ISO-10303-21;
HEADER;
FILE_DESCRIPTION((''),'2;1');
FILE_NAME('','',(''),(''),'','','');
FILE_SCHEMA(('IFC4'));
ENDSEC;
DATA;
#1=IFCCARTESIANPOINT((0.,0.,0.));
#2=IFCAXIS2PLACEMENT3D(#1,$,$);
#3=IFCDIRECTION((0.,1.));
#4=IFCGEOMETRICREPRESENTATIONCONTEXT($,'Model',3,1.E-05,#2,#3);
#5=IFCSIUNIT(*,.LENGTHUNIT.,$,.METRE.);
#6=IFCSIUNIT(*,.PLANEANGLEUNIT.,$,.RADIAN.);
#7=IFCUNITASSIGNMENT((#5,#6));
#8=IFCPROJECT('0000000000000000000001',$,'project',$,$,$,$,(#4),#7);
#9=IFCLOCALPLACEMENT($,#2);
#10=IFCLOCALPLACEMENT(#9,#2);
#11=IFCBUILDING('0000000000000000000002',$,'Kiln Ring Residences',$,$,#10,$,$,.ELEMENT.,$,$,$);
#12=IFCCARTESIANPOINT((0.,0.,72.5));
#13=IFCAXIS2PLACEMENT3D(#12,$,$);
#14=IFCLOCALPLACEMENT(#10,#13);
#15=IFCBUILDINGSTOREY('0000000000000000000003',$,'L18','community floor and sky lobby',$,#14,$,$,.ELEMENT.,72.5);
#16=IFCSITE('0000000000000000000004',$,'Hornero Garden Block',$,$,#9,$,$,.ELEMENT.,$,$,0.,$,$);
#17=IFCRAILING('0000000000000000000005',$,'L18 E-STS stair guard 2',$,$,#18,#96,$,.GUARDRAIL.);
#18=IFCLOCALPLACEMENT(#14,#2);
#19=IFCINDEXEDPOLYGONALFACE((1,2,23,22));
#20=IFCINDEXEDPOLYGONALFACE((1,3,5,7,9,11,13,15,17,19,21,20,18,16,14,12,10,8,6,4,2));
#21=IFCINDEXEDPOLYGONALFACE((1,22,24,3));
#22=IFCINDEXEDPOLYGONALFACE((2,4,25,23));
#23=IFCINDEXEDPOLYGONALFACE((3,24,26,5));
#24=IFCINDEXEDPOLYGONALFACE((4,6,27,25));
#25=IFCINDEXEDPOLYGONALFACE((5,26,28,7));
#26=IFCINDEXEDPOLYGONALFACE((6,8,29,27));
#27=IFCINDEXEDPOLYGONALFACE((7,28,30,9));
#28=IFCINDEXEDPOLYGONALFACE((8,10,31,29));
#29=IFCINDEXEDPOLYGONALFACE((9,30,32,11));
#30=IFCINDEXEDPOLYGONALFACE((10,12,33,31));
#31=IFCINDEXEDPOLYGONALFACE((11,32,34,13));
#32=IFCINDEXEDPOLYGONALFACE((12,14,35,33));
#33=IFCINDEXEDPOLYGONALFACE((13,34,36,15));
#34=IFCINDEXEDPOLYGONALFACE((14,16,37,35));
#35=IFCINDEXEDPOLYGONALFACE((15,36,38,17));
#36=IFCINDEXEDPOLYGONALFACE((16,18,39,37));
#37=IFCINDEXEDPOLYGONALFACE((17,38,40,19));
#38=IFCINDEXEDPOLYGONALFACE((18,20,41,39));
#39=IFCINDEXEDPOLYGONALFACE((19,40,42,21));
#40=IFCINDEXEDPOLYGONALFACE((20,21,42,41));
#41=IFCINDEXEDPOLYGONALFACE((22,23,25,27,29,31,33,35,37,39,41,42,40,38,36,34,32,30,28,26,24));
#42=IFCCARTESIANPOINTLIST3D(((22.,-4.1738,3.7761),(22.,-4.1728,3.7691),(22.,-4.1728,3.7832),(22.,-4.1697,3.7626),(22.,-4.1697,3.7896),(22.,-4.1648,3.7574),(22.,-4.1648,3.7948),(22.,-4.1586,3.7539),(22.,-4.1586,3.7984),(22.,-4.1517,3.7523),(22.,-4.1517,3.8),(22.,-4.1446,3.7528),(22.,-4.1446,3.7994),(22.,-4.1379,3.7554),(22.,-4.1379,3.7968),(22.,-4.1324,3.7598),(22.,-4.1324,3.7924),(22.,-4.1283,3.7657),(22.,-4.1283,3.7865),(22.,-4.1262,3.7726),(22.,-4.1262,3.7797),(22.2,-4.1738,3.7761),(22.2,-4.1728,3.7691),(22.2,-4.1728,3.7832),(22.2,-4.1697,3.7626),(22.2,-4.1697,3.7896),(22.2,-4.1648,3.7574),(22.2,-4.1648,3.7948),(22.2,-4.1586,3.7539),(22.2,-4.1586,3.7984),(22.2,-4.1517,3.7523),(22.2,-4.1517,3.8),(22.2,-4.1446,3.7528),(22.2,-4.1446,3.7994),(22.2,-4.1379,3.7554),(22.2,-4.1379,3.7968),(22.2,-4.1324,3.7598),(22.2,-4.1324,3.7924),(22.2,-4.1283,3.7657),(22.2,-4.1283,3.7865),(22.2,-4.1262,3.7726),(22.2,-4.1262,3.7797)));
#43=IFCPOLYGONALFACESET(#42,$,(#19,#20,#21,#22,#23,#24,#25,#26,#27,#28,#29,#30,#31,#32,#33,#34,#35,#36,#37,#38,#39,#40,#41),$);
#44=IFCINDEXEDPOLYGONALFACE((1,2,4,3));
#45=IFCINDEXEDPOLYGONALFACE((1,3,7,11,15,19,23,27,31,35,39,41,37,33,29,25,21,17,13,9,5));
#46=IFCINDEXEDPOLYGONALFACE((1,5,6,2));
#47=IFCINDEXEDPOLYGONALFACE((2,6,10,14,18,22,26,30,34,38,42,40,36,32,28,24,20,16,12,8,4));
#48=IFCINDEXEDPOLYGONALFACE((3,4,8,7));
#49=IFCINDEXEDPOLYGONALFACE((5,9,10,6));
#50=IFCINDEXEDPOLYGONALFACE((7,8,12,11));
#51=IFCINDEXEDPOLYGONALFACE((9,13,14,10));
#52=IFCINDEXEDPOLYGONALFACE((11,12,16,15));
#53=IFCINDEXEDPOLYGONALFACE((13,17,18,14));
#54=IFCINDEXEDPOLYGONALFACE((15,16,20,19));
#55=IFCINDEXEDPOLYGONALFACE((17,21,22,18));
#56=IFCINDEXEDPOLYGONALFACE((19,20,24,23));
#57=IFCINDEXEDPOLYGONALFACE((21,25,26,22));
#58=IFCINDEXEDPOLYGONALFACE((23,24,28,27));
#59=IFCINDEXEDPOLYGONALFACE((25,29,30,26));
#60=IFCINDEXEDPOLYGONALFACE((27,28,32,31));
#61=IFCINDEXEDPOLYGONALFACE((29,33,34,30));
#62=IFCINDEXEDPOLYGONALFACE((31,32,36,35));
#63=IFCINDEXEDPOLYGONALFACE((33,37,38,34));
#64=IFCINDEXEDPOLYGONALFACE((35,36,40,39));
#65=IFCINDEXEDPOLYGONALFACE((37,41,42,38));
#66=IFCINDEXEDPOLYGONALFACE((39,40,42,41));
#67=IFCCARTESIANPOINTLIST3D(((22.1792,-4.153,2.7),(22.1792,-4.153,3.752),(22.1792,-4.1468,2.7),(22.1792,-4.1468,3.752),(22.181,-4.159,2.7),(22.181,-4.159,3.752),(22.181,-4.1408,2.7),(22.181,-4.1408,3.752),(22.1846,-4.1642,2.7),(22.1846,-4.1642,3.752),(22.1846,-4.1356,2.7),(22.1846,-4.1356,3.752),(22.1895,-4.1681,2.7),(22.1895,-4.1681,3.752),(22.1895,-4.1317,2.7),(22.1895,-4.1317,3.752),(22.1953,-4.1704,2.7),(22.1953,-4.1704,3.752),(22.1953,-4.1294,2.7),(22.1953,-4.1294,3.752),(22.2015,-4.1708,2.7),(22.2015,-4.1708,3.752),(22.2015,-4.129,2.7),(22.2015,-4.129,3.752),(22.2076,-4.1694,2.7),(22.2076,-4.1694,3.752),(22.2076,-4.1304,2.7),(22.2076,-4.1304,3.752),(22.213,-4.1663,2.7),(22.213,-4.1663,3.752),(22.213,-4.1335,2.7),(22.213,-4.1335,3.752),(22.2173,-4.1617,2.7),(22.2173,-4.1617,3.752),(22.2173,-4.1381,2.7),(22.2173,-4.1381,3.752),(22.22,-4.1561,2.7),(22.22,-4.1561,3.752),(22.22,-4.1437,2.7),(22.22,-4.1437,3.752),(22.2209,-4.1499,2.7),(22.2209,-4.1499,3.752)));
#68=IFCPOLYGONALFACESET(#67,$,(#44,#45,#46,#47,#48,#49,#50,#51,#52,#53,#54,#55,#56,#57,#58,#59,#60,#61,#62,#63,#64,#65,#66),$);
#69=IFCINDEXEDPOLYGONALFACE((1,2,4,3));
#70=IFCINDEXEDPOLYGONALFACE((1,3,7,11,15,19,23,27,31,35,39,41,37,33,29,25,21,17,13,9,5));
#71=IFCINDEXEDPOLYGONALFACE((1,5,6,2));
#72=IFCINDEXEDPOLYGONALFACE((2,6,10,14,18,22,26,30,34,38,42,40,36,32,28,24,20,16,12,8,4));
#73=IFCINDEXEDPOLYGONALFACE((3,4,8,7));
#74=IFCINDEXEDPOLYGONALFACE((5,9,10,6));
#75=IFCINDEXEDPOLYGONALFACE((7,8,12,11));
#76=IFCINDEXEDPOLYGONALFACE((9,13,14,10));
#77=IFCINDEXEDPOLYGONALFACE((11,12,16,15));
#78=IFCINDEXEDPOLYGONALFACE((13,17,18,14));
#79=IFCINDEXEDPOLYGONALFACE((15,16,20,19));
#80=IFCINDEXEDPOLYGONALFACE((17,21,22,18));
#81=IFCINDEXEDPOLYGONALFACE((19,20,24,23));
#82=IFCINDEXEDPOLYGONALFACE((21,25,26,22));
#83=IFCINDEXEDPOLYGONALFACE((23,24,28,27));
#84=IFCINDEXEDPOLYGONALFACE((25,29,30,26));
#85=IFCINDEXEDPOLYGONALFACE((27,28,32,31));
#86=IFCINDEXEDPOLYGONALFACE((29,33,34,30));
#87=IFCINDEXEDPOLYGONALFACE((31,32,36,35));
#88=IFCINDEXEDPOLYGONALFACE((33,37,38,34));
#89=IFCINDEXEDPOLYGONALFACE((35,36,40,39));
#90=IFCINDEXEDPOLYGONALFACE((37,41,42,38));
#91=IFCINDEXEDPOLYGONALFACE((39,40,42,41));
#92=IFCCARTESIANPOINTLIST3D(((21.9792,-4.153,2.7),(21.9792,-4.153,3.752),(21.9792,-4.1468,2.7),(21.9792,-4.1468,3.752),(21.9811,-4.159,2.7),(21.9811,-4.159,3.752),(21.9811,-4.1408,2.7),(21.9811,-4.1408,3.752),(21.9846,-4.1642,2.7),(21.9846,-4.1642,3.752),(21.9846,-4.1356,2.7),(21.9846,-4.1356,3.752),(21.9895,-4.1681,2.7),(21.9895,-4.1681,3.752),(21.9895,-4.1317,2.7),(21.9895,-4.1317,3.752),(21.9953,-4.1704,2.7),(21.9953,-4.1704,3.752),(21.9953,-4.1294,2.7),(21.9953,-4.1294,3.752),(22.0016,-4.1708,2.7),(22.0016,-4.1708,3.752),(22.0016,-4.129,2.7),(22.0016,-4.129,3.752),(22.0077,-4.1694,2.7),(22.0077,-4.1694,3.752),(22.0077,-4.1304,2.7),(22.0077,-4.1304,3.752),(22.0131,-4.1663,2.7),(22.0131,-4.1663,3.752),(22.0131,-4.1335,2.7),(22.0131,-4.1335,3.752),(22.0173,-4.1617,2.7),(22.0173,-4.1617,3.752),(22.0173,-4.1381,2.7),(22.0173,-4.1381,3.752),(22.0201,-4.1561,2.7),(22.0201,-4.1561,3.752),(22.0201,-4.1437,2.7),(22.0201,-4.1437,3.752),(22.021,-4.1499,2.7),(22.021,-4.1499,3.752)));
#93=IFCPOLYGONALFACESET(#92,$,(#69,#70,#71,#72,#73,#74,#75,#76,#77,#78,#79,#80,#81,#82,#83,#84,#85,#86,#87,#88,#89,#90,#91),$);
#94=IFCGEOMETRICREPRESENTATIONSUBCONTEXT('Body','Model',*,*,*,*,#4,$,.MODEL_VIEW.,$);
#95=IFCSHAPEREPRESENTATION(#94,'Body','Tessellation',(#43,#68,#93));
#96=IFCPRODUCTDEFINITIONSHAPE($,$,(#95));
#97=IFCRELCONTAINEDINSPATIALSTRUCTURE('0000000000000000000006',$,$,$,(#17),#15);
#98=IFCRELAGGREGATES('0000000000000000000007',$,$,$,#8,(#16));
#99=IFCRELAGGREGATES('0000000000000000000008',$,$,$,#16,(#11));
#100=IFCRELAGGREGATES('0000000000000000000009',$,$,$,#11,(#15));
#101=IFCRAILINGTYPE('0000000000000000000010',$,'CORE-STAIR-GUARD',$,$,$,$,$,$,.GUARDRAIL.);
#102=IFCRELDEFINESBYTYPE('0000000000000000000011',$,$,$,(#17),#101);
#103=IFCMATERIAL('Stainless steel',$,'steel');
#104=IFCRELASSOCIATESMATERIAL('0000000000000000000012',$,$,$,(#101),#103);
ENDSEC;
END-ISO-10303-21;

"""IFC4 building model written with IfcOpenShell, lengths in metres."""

from ifc_helpers import new_model, si_unit, direction, frame, origin, origin_2d, place, context, subcontext, project, spatial, circle, extrude, material, type_object, element, save


model = new_model("IFC4")

# Units and contexts
model_context = context("Model", 3, precision=1e-05, world=origin(), true_north=direction((0.0, 1.0)))
body_context = subcontext(model_context, "Body", "Model", "MODEL_VIEW")
ifc_project = project(units=[si_unit("LENGTHUNIT", "METRE"), si_unit("PLANEANGLEUNIT", "RADIAN")], contexts=[model_context])

# Site, building, storey
site_placement = place(None, origin())
site = spatial("IfcSite", under=ifc_project, at=site_placement, Name="Hornero Garden Block", CompositionType="ELEMENT", RefElevation=0.0)
building_placement = place(site_placement, origin())
building = spatial("IfcBuilding", under=site, at=building_placement, Name="Kiln Ring Residences", CompositionType="ELEMENT")
storey_placement = place(building_placement, frame((0.0, 0.0, 72.5)))
storey = spatial("IfcBuildingStorey", under=building, at=storey_placement, Name="L18", Description="community floor and sky lobby", CompositionType="ELEMENT", Elevation=72.5)

# Railing
ifc_material_1 = material(Name="Stainless steel", Category="steel")
railing_type_1 = type_object("IfcRailingType", Name="CORE-STAIR-GUARD", PredefinedType="GUARDRAIL", material=ifc_material_1)
railing_1_placement = place(storey_placement, frame((22.2, -4.1499, 2.7)))
element("IfcRailing", 1, at=railing_1_placement, inside=storey, type_object=railing_type_1, Name="L18 E-STS stair guard 2", PredefinedType="GUARDRAIL", context=body_context, shape_type="SweptSolid", body=[
    extrude(circle(Radius=0.0239, at=origin_2d()), frame((0.0, 0.0, 1.0762), z_axis=(-1.0, 0.0, 0.0), x_axis=(0.0, -1.0, 0.0)), (0.0, 0.0, 1.0), 0.2),
    extrude(circle(Radius=0.021, at=origin_2d()), origin(), (0.0, 0.0, 1.0), 1.052),
    extrude(circle(Radius=0.021, at=origin_2d()), frame((-0.2, 0.0, 0.0)), (0.0, 0.0, 1.0), 1.052),
])

save(model, "model.ifc")
